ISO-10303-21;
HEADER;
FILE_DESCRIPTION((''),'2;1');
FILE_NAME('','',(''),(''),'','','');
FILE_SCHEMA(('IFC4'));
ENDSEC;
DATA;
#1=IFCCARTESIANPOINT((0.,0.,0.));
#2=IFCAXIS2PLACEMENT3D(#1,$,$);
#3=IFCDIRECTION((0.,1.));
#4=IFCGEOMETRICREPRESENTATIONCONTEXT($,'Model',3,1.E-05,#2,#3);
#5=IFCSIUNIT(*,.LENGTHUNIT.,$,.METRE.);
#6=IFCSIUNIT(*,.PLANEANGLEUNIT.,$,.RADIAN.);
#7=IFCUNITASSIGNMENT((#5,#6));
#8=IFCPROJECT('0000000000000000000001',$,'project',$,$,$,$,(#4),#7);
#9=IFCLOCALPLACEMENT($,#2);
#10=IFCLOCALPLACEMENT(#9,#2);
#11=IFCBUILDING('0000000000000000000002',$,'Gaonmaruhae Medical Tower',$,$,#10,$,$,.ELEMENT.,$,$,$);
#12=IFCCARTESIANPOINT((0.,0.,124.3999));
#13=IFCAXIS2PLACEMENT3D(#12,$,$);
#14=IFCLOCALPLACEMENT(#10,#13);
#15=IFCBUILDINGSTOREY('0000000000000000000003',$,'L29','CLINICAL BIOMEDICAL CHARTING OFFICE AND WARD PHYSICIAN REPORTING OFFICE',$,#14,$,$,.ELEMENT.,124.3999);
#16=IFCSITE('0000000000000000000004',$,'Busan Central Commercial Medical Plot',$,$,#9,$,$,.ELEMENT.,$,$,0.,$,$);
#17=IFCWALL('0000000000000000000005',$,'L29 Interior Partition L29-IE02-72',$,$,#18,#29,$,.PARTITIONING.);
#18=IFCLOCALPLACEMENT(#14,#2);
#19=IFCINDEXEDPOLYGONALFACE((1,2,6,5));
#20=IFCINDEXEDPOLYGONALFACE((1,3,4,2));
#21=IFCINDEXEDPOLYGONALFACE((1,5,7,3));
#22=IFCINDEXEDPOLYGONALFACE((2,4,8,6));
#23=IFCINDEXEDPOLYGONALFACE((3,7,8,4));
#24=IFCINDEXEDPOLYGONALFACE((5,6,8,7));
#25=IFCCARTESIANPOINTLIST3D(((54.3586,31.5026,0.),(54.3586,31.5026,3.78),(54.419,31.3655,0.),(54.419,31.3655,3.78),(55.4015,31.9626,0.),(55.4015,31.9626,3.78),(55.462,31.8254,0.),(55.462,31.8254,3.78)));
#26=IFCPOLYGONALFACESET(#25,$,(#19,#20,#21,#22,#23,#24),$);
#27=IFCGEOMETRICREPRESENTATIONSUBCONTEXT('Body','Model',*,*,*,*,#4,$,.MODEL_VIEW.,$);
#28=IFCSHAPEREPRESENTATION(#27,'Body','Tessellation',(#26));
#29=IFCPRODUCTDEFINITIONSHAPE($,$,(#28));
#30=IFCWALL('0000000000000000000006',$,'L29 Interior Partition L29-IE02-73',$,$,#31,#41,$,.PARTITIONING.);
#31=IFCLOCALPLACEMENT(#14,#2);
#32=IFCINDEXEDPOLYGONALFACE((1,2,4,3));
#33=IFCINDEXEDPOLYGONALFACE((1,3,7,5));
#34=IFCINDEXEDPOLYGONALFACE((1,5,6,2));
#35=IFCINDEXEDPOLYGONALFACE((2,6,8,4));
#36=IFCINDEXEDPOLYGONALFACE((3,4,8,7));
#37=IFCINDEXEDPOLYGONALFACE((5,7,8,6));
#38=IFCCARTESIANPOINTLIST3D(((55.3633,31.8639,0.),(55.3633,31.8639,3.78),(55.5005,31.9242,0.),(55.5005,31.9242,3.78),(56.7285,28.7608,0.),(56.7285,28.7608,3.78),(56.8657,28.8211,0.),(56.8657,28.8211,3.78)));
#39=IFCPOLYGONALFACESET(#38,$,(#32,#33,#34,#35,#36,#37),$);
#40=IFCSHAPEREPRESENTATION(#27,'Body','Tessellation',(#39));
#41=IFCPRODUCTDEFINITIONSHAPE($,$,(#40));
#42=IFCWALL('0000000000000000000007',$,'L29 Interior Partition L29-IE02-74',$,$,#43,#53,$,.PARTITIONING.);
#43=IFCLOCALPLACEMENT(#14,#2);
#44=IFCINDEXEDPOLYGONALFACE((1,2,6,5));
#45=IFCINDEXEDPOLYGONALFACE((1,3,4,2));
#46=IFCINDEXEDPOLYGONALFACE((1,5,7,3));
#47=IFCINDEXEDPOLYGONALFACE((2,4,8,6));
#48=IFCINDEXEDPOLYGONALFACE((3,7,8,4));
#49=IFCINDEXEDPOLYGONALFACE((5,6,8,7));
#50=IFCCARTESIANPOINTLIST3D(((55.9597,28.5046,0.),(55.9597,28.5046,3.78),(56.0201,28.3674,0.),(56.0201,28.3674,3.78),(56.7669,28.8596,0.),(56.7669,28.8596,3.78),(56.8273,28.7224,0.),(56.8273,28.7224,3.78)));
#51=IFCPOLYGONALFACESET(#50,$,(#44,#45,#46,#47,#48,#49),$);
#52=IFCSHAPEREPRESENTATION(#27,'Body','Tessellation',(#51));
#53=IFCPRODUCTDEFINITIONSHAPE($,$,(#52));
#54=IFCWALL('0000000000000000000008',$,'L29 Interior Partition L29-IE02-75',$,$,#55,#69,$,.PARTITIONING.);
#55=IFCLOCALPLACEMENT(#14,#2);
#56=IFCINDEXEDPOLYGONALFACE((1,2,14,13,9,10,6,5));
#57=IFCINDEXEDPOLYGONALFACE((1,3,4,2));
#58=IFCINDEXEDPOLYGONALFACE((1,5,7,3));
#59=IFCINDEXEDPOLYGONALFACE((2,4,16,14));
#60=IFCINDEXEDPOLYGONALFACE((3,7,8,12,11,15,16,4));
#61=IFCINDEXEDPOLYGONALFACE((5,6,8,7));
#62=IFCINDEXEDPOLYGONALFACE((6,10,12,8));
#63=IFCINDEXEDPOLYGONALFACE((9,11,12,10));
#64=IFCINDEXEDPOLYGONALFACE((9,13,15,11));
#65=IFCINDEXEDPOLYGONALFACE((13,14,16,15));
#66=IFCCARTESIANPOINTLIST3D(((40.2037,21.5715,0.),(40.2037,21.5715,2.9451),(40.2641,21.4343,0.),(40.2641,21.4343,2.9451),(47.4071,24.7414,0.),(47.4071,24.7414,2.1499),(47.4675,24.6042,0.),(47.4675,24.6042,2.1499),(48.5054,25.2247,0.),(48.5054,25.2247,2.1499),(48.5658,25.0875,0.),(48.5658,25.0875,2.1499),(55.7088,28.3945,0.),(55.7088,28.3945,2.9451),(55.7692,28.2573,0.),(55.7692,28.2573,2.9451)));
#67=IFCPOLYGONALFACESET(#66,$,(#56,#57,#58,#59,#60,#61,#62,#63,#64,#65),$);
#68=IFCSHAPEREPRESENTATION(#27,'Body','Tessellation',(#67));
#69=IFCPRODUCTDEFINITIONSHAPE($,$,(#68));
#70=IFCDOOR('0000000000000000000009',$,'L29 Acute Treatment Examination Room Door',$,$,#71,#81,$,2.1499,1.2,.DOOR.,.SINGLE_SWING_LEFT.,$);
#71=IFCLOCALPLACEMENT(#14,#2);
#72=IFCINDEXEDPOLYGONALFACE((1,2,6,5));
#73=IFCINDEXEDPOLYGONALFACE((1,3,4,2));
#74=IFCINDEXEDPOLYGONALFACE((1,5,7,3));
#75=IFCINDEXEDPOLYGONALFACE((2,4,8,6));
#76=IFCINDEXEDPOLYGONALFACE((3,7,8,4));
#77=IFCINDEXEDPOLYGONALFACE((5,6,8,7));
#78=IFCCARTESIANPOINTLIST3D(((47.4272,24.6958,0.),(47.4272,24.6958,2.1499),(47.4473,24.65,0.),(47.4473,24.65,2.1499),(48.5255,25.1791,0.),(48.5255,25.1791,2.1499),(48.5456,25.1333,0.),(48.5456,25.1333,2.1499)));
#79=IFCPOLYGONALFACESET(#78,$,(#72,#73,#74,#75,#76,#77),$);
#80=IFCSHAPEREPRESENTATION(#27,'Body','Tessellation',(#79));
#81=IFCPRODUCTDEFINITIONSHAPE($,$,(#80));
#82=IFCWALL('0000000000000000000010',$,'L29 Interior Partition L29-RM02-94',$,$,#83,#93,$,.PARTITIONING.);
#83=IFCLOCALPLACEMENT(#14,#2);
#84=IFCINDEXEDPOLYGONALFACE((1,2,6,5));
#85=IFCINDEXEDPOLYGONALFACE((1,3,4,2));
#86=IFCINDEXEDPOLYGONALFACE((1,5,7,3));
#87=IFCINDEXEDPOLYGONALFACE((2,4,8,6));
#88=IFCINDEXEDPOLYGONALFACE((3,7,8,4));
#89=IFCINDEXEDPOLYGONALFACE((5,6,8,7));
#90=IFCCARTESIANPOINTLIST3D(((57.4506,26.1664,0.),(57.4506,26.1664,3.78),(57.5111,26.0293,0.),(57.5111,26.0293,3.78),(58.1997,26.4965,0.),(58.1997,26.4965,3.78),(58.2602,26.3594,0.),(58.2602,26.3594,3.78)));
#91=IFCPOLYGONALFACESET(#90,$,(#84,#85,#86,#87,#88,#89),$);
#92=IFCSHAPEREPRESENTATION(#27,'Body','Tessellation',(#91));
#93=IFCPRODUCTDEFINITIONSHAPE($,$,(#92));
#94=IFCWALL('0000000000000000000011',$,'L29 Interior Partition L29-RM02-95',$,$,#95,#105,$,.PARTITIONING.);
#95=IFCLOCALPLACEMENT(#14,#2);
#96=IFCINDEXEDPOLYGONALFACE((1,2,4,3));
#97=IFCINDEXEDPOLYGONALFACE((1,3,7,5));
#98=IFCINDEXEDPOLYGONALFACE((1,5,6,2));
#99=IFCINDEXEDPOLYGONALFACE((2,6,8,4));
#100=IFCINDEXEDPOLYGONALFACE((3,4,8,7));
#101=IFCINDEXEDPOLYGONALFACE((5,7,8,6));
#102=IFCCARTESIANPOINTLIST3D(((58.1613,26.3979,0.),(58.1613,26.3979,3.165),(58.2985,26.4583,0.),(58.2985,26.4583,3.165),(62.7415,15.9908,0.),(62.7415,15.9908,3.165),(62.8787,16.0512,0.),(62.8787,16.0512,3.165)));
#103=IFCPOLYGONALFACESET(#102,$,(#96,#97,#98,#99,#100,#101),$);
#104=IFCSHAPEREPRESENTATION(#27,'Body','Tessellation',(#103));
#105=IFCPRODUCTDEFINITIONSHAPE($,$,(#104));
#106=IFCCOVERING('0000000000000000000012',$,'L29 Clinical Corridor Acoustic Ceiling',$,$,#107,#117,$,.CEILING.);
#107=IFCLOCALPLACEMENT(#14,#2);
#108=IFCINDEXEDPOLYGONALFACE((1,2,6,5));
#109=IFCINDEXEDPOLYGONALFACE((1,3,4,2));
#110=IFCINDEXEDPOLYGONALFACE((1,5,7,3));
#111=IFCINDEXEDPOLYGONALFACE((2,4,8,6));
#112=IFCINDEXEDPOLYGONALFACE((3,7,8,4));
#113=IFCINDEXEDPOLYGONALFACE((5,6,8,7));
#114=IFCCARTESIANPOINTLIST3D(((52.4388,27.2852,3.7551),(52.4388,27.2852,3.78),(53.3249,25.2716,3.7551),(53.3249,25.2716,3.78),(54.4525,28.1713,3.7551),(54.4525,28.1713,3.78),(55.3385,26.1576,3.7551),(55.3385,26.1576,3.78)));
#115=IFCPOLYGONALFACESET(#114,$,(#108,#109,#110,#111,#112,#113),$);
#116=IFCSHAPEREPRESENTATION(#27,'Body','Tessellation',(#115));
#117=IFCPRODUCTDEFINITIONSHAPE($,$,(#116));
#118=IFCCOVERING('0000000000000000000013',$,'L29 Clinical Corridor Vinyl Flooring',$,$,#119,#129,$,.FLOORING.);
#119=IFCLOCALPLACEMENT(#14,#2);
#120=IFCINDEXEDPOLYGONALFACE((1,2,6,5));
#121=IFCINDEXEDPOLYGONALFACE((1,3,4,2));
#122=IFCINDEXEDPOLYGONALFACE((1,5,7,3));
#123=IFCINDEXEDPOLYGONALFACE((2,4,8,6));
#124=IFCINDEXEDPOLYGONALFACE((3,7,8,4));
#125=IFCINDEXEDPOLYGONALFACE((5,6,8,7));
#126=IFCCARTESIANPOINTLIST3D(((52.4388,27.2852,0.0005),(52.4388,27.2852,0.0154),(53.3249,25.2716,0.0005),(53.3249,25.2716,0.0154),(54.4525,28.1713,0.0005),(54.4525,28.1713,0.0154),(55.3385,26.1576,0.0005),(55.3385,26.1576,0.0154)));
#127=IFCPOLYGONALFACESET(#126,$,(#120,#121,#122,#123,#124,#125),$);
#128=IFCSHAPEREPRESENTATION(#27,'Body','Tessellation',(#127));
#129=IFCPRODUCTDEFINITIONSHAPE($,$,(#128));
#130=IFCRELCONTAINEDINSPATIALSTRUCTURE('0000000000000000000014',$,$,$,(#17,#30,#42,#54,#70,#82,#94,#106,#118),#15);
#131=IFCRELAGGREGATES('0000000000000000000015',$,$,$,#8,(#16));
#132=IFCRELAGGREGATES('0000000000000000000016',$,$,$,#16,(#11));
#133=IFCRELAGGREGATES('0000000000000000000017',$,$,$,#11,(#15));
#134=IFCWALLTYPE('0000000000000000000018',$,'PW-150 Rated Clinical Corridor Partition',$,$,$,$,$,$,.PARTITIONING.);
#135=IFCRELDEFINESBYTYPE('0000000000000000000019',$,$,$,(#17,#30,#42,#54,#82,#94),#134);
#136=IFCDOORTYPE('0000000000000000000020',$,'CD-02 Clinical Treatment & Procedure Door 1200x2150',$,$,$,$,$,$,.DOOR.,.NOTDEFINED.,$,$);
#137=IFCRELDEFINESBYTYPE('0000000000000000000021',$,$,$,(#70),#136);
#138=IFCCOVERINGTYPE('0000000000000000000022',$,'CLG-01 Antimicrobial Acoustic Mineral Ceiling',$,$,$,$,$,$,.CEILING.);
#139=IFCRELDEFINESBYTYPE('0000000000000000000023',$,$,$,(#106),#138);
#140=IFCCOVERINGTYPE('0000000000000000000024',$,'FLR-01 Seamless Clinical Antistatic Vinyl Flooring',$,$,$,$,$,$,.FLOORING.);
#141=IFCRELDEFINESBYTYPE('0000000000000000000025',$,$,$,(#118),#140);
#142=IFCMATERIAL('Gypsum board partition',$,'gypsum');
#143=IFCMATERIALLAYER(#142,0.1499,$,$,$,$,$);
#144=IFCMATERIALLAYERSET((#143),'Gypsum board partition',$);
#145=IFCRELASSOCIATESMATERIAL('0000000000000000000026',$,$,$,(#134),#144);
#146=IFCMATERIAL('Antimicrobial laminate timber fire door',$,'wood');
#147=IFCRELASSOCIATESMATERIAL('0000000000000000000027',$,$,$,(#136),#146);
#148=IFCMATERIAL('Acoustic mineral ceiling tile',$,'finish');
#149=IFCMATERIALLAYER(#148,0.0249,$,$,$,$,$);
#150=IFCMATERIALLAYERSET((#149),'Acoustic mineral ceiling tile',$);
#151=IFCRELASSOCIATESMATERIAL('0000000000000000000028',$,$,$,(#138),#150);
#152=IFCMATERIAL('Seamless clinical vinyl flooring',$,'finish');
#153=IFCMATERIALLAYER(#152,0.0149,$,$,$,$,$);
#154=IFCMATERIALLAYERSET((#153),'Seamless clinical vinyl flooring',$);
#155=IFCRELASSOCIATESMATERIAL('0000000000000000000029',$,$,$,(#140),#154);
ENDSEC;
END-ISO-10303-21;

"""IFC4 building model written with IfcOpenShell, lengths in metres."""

from ifc_helpers import new_model, si_unit, direction, frame, frame_2d, origin, origin_2d, place, context, subcontext, project, spatial, rectangle, extrude, material, layer, layer_set, type_object, element, fill, save


model = new_model("IFC4")

# Units and contexts
model_context = context("Model", 3, precision=1e-05, world=origin(), true_north=direction((0.0, 1.0)))
body_context = subcontext(model_context, "Body", "Model", "MODEL_VIEW")
ifc_project = project(units=[si_unit("LENGTHUNIT", "METRE"), si_unit("PLANEANGLEUNIT", "RADIAN")], contexts=[model_context])

# Site, building, storey
site_placement = place(None, origin())
site = spatial("IfcSite", under=ifc_project, at=site_placement, Name="Busan Central Commercial Medical Plot", CompositionType="ELEMENT", RefElevation=0.0)
building_placement = place(site_placement, origin())
building = spatial("IfcBuilding", under=site, at=building_placement, Name="Gaonmaruhae Medical Tower", CompositionType="ELEMENT")
storey_placement = place(building_placement, frame((0.0, 0.0, 124.3999)))
storey = spatial("IfcBuildingStorey", under=building, at=storey_placement, Name="L29", Description="CLINICAL BIOMEDICAL CHARTING OFFICE AND WARD PHYSICIAN REPORTING OFFICE", CompositionType="ELEMENT", Elevation=124.3999)

# Walls
ifc_material_1 = material(Name="Gypsum board partition", Category="gypsum")
ifc_layer_1 = layer(ifc_material_1, 0.1499)
ifc_layer_set_1 = layer_set([ifc_layer_1], Name="Gypsum board partition")
wall_type_1 = type_object("IfcWallType", Name="PW-150 Rated Clinical Corridor Partition", PredefinedType="PARTITIONING", material=ifc_layer_set_1)
wall_1_placement = place(storey_placement, frame((54.3889, 31.4341, 0.0), z_axis=(0.0, 0.0, 1.0), x_axis=(0.914974, 0.403514, 0.0)))
element("IfcWall", 1, at=wall_1_placement, inside=storey, type_object=wall_type_1, Name="L29 Interior Partition L29-IE02-72", PredefinedType="PARTITIONING", context=body_context, shape_type="SweptSolid", body=[
    extrude(rectangle(XDim=1.1399, YDim=0.1499, at=frame_2d((0.5698, 0.0))), origin(), (0.0, 0.0, 1.0), 3.78),
])
wall_2_placement = place(storey_placement, frame((55.4319, 31.894, 0.0), z_axis=(0.0, 0.0, 1.0), x_axis=(0.402714, -0.915326, 0.0)))
element("IfcWall", 2, at=wall_2_placement, inside=storey, type_object=wall_type_1, Name="L29 Interior Partition L29-IE02-73", PredefinedType="PARTITIONING", context=body_context, shape_type="SweptSolid", body=[
    extrude(rectangle(XDim=3.3901, YDim=0.1499, at=frame_2d((1.6951, 0.0))), origin(), (0.0, 0.0, 1.0), 3.78),
])
wall_3_placement = place(storey_placement, frame((56.7971, 28.791, 0.0), z_axis=(0.0, 0.0, 1.0), x_axis=(-0.91538, -0.40259, 0.0)))
element("IfcWall", 3, at=wall_3_placement, inside=storey, type_object=wall_type_1, Name="L29 Interior Partition L29-IE02-74", PredefinedType="PARTITIONING", context=body_context, shape_type="SweptSolid", body=[
    extrude(rectangle(XDim=0.8818, YDim=0.1499, at=frame_2d((0.4409, 0.0))), origin(), (0.0, 0.0, 1.0), 3.78),
])

# Wall, opening, door
wall_4_placement = place(storey_placement, frame((55.739, 28.3259, 0.0), z_axis=(0.0, 0.0, 1.0), x_axis=(-0.915299, -0.402775, 0.0)))
wall_4 = element("IfcWall", 4, at=wall_4_placement, inside=storey, type_object=wall_type_1, Name="L29 Interior Partition L29-IE02-75", PredefinedType="PARTITIONING", context=body_context, shape_type="SweptSolid", body=[
    extrude(rectangle(XDim=16.9399, YDim=0.1499, at=frame_2d((8.47, 0.0))), origin(), (0.0, 0.0, 1.0), 2.9451),
])
opening_placement = place(wall_4_placement, frame((7.8699, 0.0, 0.0)))
opening = element("IfcOpeningElement", 5, at=opening_placement, cuts=wall_4, PredefinedType="OPENING", context=body_context, shape_type="SweptSolid", body=[
    extrude(rectangle(XDim=1.2, YDim=2.1499, at=frame_2d((0.6001, 1.075))), frame((0.0, 0.085, 0.0), z_axis=(0.0, -1.0, 0.0), x_axis=(1.0, 0.0, 0.0)), (0.0, 0.0, 1.0), 0.1699),
])
ifc_material_2 = material(Name="Antimicrobial laminate timber fire door", Category="wood")
door_type = type_object("IfcDoorType", Name="CD-02 Clinical Treatment & Procedure Door 1200x2150", OperationType="NOTDEFINED", PredefinedType="DOOR", material=ifc_material_2)
door_placement = place(opening_placement, origin())
door = element("IfcDoor", 6, at=door_placement, inside=storey, type_object=door_type, Name="L29 Acute Treatment Examination Room Door", OperationType="SINGLE_SWING_LEFT", OverallHeight=2.1499, OverallWidth=1.2, PredefinedType="DOOR", context=body_context, shape_type="SweptSolid", body=[
    extrude(rectangle(XDim=1.2, YDim=2.1499, at=frame_2d((0.6001, 1.075))), frame((0.0, 0.0249, 0.0), z_axis=(0.0, -1.0, 0.0), x_axis=(1.0, 0.0, 0.0)), (0.0, 0.0, 1.0), 0.05),
])
fill(opening, door)

# Walls
wall_5_placement = place(storey_placement, frame((57.481, 26.0979, 0.0), z_axis=(0.0, 0.0, 1.0), x_axis=(0.915086, 0.403258, 0.0)))
element("IfcWall", 7, at=wall_5_placement, inside=storey, type_object=wall_type_1, Name="L29 Interior Partition L29-RM02-94", PredefinedType="PARTITIONING", context=body_context, shape_type="SweptSolid", body=[
    extrude(rectangle(XDim=0.8186, YDim=0.1499, at=frame_2d((0.4092, 0.0))), origin(), (0.0, 0.0, 1.0), 3.78),
])
wall_6_placement = place(storey_placement, frame((58.23, 26.428, 0.0), z_axis=(0.0, 0.0, 1.0), x_axis=(0.402813, -0.915282, 0.0)))
element("IfcWall", 8, at=wall_6_placement, inside=storey, type_object=wall_type_1, Name="L29 Interior Partition L29-RM02-95", PredefinedType="PARTITIONING", context=body_context, shape_type="SweptSolid", body=[
    extrude(rectangle(XDim=11.3704, YDim=0.1499, at=frame_2d((5.6851, 0.0))), origin(), (0.0, 0.0, 1.0), 3.165),
])

# Coverings
ifc_material_3 = material(Name="Acoustic mineral ceiling tile", Category="finish")
ifc_layer_2 = layer(ifc_material_3, 0.0249)
ifc_layer_set_2 = layer_set([ifc_layer_2], Name="Acoustic mineral ceiling tile")
covering_type_1 = type_object("IfcCoveringType", Name="CLG-01 Antimicrobial Acoustic Mineral Ceiling", PredefinedType="CEILING", material=ifc_layer_set_2)
covering_1_placement = place(storey_placement, frame((53.8887, 26.7214, 3.7551), z_axis=(0.0, 0.0, 1.0), x_axis=(0.915311, 0.402747, 0.0)))
element("IfcCovering", 9, at=covering_1_placement, inside=storey, type_object=covering_type_1, Name="L29 Clinical Corridor Acoustic Ceiling", PredefinedType="CEILING", context=body_context, shape_type="SweptSolid", body=[
    extrude(rectangle(XDim=2.2, YDim=2.2, at=origin_2d()), origin(), (0.0, 0.0, 1.0), 0.0249),
])
ifc_material_4 = material(Name="Seamless clinical vinyl flooring", Category="finish")
ifc_layer_3 = layer(ifc_material_4, 0.0149)
ifc_layer_set_3 = layer_set([ifc_layer_3], Name="Seamless clinical vinyl flooring")
covering_type_2 = type_object("IfcCoveringType", Name="FLR-01 Seamless Clinical Antistatic Vinyl Flooring", PredefinedType="FLOORING", material=ifc_layer_set_3)
covering_2_placement = place(storey_placement, frame((53.8887, 26.7214, 0.0005), z_axis=(0.0, 0.0, 1.0), x_axis=(0.915311, 0.402747, 0.0)))
element("IfcCovering", 10, at=covering_2_placement, inside=storey, type_object=covering_type_2, Name="L29 Clinical Corridor Vinyl Flooring", PredefinedType="FLOORING", context=body_context, shape_type="SweptSolid", body=[
    extrude(rectangle(XDim=2.2, YDim=2.2, at=origin_2d()), origin(), (0.0, 0.0, 1.0), 0.0149),
])

save(model, "model.ifc")
